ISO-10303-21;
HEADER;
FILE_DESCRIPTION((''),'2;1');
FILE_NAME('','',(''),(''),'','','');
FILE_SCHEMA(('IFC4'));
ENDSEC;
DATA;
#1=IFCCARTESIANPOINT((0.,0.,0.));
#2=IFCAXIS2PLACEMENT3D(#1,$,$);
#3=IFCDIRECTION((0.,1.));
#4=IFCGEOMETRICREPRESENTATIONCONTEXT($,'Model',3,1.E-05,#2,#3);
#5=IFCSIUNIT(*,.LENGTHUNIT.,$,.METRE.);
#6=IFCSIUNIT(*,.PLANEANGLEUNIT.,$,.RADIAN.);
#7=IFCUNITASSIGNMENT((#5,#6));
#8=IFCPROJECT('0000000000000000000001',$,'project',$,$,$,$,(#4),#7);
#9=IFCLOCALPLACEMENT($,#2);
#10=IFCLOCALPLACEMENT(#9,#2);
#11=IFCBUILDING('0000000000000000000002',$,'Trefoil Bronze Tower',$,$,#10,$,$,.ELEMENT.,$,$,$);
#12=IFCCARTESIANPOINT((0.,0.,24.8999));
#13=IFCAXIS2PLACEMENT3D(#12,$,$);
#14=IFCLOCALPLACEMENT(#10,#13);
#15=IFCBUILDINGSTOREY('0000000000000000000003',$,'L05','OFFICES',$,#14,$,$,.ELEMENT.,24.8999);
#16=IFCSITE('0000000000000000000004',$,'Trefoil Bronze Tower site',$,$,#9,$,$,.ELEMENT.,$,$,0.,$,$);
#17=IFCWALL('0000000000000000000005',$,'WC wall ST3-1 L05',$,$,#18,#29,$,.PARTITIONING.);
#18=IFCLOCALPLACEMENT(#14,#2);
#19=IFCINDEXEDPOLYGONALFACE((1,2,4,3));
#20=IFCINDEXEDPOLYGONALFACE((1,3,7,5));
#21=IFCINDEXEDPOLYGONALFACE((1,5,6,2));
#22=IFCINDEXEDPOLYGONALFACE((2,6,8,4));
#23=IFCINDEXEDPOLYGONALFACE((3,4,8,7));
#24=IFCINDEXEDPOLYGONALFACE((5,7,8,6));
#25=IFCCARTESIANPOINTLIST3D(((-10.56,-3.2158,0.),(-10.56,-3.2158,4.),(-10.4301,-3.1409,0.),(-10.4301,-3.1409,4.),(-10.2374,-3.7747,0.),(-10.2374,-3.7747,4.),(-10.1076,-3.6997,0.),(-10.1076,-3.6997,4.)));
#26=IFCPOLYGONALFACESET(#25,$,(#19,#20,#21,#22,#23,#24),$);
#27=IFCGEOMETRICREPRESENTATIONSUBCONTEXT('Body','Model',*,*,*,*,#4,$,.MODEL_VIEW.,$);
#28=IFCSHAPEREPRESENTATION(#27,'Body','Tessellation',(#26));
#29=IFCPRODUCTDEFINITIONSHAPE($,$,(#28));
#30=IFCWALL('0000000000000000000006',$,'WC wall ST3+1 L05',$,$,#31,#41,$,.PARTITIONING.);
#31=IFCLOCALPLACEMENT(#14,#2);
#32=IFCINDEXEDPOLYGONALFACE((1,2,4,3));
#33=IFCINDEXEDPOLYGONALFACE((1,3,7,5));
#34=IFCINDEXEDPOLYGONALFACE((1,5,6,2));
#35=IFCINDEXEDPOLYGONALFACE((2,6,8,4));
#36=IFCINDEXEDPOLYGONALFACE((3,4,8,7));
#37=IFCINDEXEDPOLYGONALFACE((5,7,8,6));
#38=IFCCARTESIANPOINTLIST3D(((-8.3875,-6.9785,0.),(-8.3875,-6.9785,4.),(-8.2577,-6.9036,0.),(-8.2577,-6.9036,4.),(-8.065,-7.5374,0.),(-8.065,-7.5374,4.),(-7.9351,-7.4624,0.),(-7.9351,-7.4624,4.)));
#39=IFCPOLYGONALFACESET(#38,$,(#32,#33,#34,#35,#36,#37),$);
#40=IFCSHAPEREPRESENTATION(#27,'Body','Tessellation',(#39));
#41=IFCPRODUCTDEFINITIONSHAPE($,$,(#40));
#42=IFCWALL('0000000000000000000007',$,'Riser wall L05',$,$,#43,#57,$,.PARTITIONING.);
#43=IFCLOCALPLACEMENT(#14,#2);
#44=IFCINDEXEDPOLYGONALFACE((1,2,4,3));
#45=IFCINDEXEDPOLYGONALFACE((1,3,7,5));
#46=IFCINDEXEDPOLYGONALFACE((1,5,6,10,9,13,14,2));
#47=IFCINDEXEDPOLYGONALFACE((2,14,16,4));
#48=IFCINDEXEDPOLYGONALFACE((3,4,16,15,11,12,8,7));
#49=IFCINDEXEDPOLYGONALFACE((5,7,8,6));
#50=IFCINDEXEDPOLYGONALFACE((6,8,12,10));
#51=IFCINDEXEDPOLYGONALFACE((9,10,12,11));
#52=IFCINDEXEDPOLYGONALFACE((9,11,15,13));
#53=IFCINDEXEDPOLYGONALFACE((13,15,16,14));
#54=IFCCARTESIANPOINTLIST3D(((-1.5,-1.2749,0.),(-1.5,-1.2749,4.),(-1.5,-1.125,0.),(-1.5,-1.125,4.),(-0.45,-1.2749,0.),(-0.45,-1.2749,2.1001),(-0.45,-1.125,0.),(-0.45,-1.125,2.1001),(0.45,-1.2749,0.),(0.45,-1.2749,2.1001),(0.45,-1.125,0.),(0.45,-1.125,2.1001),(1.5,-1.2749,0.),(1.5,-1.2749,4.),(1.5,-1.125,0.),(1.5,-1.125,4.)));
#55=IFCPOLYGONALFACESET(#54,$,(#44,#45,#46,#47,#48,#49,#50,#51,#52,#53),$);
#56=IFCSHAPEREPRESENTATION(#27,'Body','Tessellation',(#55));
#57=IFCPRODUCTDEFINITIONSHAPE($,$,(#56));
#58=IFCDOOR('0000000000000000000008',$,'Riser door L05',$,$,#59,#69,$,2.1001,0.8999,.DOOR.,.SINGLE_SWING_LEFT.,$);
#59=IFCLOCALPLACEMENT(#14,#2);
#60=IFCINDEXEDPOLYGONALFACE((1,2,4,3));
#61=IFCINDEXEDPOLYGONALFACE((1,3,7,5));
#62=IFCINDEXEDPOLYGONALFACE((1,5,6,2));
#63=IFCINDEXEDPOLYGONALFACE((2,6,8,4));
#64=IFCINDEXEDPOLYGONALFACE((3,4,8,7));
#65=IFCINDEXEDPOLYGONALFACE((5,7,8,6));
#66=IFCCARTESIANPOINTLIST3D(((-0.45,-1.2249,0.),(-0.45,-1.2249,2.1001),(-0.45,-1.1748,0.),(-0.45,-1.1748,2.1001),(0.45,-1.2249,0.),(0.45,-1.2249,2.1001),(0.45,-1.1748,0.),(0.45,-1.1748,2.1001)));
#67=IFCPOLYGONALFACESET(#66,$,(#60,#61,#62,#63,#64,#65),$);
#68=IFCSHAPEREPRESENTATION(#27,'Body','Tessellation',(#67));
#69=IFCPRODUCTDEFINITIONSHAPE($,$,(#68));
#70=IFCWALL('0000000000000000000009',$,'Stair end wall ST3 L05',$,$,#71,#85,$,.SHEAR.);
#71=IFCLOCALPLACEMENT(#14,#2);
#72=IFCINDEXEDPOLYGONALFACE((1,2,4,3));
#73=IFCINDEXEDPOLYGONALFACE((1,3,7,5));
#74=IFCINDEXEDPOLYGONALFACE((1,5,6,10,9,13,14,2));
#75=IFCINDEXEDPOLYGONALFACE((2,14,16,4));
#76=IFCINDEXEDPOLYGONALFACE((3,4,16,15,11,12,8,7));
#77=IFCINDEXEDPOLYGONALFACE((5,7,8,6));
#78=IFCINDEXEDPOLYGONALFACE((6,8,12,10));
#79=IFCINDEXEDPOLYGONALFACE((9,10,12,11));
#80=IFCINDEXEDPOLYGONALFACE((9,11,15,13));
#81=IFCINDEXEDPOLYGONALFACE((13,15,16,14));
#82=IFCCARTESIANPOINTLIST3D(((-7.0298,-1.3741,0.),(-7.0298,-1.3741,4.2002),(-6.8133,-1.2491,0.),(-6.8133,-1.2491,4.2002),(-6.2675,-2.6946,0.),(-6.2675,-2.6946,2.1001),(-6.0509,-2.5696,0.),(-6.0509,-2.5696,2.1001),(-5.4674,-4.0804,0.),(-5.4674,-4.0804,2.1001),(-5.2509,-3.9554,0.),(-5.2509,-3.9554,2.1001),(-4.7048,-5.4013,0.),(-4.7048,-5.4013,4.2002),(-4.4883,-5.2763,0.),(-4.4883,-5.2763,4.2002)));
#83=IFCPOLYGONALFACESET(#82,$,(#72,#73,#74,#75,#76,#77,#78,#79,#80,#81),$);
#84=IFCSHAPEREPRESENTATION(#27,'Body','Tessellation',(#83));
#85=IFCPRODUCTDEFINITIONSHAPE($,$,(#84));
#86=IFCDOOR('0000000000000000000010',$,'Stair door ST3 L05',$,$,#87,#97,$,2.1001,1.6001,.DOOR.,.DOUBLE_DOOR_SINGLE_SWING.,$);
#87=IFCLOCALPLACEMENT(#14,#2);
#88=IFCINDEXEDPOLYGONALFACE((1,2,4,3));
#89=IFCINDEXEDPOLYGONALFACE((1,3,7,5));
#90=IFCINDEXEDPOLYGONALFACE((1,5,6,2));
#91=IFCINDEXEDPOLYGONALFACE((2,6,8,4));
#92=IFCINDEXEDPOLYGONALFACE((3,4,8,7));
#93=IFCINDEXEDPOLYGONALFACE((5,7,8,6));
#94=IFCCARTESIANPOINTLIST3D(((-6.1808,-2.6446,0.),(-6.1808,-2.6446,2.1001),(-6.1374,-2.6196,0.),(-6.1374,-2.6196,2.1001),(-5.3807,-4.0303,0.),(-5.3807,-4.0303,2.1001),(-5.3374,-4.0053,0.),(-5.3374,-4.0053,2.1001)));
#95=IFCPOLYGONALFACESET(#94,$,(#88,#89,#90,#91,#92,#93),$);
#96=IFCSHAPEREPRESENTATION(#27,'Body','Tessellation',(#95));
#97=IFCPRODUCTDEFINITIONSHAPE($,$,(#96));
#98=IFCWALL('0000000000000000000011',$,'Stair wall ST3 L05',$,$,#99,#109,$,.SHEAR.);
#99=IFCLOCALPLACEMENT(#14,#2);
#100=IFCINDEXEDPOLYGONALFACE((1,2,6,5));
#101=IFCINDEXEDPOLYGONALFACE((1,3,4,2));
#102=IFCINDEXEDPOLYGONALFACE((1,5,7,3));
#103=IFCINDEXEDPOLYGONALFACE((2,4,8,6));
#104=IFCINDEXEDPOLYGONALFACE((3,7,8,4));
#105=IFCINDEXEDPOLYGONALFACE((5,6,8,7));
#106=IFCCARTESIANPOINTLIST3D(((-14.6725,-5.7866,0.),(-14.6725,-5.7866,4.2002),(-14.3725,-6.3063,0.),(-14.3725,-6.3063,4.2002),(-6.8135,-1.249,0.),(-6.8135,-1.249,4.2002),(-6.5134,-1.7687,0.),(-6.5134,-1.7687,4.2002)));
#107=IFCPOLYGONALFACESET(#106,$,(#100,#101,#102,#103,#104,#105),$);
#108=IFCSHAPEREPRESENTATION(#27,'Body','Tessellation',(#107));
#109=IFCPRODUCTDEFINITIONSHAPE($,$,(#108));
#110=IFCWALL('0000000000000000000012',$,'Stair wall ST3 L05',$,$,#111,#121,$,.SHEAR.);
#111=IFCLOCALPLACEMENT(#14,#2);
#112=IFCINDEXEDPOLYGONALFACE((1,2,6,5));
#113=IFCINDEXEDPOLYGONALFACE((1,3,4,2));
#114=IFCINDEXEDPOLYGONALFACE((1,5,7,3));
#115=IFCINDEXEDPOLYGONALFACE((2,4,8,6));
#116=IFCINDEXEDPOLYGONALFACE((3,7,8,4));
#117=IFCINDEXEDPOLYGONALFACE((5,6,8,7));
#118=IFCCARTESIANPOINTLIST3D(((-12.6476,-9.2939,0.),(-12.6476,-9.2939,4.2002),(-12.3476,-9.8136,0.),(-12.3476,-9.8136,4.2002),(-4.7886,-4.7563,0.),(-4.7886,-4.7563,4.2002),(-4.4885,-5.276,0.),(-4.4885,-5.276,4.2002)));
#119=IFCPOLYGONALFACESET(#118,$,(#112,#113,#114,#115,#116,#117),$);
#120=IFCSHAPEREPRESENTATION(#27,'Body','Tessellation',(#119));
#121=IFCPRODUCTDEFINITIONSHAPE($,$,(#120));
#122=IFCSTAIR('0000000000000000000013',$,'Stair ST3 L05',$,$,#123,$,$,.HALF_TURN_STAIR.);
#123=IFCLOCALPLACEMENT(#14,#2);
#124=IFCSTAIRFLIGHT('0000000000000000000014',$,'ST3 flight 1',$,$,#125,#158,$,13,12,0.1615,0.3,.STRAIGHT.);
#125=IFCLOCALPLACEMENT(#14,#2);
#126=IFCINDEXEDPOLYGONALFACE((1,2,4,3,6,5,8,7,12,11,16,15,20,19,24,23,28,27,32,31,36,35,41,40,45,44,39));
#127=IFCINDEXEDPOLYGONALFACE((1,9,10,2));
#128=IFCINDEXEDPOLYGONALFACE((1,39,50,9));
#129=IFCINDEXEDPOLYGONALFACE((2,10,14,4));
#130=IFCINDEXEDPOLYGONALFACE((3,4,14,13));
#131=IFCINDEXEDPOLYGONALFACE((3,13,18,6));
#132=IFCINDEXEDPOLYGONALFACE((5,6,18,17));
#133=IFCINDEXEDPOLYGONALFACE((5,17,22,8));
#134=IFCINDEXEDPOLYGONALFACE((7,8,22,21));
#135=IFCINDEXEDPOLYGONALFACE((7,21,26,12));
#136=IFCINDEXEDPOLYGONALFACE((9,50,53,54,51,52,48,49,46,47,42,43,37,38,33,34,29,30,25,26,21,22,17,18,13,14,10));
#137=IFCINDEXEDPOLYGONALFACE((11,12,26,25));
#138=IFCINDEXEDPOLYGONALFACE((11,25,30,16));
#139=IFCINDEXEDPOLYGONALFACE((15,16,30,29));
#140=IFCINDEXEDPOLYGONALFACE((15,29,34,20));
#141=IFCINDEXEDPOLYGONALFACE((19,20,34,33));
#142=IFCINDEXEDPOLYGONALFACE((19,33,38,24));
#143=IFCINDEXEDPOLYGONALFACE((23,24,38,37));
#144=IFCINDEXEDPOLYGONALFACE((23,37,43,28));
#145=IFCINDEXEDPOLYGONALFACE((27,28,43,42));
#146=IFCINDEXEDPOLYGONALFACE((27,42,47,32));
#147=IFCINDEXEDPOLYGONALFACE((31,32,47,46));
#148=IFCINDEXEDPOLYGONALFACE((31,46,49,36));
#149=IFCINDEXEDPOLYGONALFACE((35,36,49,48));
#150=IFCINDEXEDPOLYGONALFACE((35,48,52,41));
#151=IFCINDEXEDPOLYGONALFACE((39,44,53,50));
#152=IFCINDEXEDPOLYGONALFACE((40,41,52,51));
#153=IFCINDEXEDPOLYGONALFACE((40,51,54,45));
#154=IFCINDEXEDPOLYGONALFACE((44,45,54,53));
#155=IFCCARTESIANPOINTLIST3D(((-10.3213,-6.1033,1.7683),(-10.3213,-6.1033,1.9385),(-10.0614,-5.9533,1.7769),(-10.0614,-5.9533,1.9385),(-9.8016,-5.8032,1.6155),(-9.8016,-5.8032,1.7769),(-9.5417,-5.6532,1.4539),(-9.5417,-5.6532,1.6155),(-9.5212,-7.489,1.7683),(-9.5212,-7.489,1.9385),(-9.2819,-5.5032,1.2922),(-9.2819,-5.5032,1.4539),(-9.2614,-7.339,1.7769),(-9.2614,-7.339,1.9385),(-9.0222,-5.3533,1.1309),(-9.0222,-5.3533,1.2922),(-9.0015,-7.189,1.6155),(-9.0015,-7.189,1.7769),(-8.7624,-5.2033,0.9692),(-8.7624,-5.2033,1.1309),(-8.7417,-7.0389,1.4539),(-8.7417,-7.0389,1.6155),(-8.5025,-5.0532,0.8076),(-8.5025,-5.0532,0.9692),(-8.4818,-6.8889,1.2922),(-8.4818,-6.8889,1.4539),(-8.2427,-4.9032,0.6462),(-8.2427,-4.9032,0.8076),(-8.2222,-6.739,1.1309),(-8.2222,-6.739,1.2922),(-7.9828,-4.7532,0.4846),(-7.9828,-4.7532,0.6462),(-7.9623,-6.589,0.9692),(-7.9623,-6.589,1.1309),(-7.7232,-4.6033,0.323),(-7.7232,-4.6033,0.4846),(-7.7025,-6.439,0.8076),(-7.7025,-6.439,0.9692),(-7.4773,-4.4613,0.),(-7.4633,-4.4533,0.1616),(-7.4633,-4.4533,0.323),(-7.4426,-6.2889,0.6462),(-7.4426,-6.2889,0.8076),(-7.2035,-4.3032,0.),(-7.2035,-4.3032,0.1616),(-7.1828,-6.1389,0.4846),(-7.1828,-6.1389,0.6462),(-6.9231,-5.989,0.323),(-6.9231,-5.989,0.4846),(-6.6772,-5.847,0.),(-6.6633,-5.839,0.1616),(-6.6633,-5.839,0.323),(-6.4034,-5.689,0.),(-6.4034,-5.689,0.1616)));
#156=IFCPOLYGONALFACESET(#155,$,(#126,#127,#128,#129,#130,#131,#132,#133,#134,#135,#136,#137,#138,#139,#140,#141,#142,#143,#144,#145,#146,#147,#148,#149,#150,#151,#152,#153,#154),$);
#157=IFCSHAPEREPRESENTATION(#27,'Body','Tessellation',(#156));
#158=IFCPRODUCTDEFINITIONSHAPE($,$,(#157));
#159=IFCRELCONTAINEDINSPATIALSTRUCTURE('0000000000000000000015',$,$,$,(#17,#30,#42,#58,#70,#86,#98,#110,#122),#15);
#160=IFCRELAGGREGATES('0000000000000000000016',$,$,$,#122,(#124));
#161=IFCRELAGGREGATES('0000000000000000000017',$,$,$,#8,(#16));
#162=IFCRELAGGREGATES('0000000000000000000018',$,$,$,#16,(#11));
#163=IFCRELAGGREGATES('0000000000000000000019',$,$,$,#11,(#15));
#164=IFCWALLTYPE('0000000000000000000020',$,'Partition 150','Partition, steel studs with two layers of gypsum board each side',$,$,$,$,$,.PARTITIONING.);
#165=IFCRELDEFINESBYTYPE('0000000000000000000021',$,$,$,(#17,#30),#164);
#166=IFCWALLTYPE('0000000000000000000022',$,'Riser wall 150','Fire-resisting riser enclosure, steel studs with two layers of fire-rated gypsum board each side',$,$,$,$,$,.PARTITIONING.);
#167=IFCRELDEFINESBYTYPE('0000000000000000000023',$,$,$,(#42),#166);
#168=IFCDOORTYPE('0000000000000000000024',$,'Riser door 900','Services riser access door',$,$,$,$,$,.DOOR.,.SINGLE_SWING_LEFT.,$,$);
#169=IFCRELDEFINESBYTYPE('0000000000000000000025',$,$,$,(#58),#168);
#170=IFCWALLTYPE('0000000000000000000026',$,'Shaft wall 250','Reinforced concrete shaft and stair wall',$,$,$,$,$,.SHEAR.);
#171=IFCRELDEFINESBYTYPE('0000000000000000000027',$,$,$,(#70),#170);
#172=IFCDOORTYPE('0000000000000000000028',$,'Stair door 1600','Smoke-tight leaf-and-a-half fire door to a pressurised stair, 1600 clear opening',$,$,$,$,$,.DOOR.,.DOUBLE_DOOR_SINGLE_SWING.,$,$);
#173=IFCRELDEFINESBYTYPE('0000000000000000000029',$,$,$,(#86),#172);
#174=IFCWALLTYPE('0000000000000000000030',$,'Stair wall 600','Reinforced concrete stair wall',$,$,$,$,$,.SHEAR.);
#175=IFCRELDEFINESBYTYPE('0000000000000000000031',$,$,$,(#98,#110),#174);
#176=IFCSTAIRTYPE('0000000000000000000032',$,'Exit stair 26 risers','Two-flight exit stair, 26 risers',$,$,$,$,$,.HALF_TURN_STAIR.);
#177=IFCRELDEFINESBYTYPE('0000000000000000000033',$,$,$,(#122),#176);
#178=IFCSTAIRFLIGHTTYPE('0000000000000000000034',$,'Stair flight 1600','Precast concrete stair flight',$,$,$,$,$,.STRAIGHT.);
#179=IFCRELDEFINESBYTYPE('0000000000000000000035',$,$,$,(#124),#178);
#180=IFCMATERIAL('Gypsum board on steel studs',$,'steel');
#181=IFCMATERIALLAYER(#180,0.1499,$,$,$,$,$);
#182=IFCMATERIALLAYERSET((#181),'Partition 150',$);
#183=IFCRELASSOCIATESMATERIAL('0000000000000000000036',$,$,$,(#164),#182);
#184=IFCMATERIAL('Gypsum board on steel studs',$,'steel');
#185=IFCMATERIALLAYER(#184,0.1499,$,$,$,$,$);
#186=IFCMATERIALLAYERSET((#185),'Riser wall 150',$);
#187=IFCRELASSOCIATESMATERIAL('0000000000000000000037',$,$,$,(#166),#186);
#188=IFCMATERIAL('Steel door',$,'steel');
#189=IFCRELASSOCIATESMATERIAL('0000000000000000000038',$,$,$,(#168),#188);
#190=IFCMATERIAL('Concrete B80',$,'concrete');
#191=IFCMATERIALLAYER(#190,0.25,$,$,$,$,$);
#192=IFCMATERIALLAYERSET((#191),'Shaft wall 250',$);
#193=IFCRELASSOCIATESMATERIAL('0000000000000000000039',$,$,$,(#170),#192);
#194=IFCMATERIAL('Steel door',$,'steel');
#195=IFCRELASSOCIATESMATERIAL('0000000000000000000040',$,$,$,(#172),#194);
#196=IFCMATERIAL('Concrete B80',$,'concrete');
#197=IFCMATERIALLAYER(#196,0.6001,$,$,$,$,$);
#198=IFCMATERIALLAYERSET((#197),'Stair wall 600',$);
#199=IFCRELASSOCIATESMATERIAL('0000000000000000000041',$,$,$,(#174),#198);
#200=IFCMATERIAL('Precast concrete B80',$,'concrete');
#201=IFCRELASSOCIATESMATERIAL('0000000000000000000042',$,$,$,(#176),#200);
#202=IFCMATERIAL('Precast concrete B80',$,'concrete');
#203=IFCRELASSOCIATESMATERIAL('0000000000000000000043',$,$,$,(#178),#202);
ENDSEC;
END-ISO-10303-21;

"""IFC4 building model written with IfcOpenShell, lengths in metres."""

from ifc_helpers import new_model, si_unit, direction, frame, frame_2d, origin, place, context, subcontext, project, spatial, polyline, rectangle, outline, extrude, material, layer, layer_set, type_object, element, fill, aggregate, save


model = new_model("IFC4")

# Units and contexts
model_context = context("Model", 3, precision=1e-05, world=origin(), true_north=direction((0.0, 1.0)))
body_context = subcontext(model_context, "Body", "Model", "MODEL_VIEW")
ifc_project = project(units=[si_unit("LENGTHUNIT", "METRE"), si_unit("PLANEANGLEUNIT", "RADIAN")], contexts=[model_context])

# Site, building, storey
site_placement = place(None, origin())
site = spatial("IfcSite", under=ifc_project, at=site_placement, Name="Trefoil Bronze Tower site", CompositionType="ELEMENT", RefElevation=0.0)
building_placement = place(site_placement, origin())
building = spatial("IfcBuilding", under=site, at=building_placement, Name="Trefoil Bronze Tower", CompositionType="ELEMENT")
storey_placement = place(building_placement, frame((0.0, 0.0, 24.8999)))
storey = spatial("IfcBuildingStorey", under=building, at=storey_placement, Name="L05", Description="OFFICES", CompositionType="ELEMENT", Elevation=24.8999)

# Shared definitions
ifc_material_1 = material(Name="Gypsum board on steel studs", Category="steel")
ifc_layer_1 = layer(ifc_material_1, 0.1499)
ifc_layer_set_1 = layer_set([ifc_layer_1], Name="Partition 150")
wall_type_1 = type_object("IfcWallType", Name="Partition 150", Description="Partition, steel studs with two layers of gypsum board each side", PredefinedType="PARTITIONING", material=ifc_layer_set_1)

# Walls
for number, where, z_axis, x_axis, name in (
    (1, (-10.4951, -3.1782, 0.0), (0.0, 0.0, 1.0), (0.499843, -0.866116, 0.0), "WC wall ST3-1 L05"),
    (2, (-8.0, -7.5, 0.0), (0.0, 0.0, 1.0), (-0.499843, 0.866116, 0.0), "WC wall ST3+1 L05"),
):
    element("IfcWall", number, at=place(storey_placement, frame(where, z_axis=z_axis, x_axis=x_axis)), inside=storey, type_object=wall_type_1, Name=name, PredefinedType="PARTITIONING", context=body_context, shape_type="SweptSolid", body=[
        extrude(rectangle(XDim=0.6453, YDim=0.1499, at=frame_2d((0.3228, 0.0))), origin(), (0.0, 0.0, 1.0), 4.0),
    ])

# Walls, openings, doors
ifc_material_2 = material(Name="Gypsum board on steel studs", Category="steel")
ifc_layer_2 = layer(ifc_material_2, 0.1499)
ifc_layer_set_2 = layer_set([ifc_layer_2], Name="Riser wall 150")
wall_type_2 = type_object("IfcWallType", Name="Riser wall 150", Description="Fire-resisting riser enclosure, steel studs with two layers of fire-rated gypsum board each side", PredefinedType="PARTITIONING", material=ifc_layer_set_2)
wall_1_placement = place(storey_placement, frame((-1.5, -1.2, 0.0), z_axis=(0.0, 0.0, 1.0), x_axis=(1.0, 0.0, 0.0)))
wall_1 = element("IfcWall", 3, at=wall_1_placement, inside=storey, type_object=wall_type_2, Name="Riser wall L05", PredefinedType="PARTITIONING", context=body_context, shape_type="SweptSolid", body=[
    extrude(rectangle(XDim=3.0, YDim=0.1499, at=frame_2d((1.5, 0.0))), origin(), (0.0, 0.0, 1.0), 4.0),
])
opening_1_placement = place(wall_1_placement, frame((1.05, 0.0, 0.0)))
opening_1 = element("IfcOpeningElement", 4, at=opening_1_placement, cuts=wall_1, PredefinedType="OPENING", context=body_context, shape_type="SweptSolid", body=[
    extrude(rectangle(XDim=0.8999, YDim=2.1001, at=frame_2d((0.45, 1.05))), frame((0.0, 0.085, 0.0), z_axis=(0.0, -1.0, 0.0), x_axis=(1.0, 0.0, 0.0)), (0.0, 0.0, 1.0), 0.1699),
])
ifc_material_3 = material(Name="Steel door", Category="steel")
door_type_1 = type_object("IfcDoorType", Name="Riser door 900", Description="Services riser access door", OperationType="SINGLE_SWING_LEFT", PredefinedType="DOOR", material=ifc_material_3)
door_1_placement = place(opening_1_placement, frame((0.8999, 0.0, 0.0), z_axis=(0.0, 0.0, 1.0), x_axis=(-1.0, 0.0, 0.0)))
door_1 = element("IfcDoor", 5, at=door_1_placement, inside=storey, type_object=door_type_1, Name="Riser door L05", OperationType="SINGLE_SWING_LEFT", OverallHeight=2.1001, OverallWidth=0.8999, PredefinedType="DOOR", context=body_context, shape_type="SweptSolid", body=[
    extrude(rectangle(XDim=0.8999, YDim=2.1001, at=frame_2d((0.45, 1.05))), frame((0.0, 0.0249, 0.0), z_axis=(0.0, -1.0, 0.0), x_axis=(1.0, 0.0, 0.0)), (0.0, 0.0, 1.0), 0.05),
])
fill(opening_1, door_1)
ifc_material_4 = material(Name="Concrete B80", Category="concrete")
ifc_layer_3 = layer(ifc_material_4, 0.25)
ifc_layer_set_3 = layer_set([ifc_layer_3], Name="Shaft wall 250")
wall_type_3 = type_object("IfcWallType", Name="Shaft wall 250", Description="Reinforced concrete shaft and stair wall", PredefinedType="SHEAR", material=ifc_layer_set_3)
wall_2_placement = place(storey_placement, frame((-6.9216, -1.3115, 0.0), z_axis=(0.0, 0.0, 1.0), x_axis=(0.499985, -0.866034, 0.0)))
wall_2 = element("IfcWall", 6, at=wall_2_placement, inside=storey, type_object=wall_type_3, Name="Stair end wall ST3 L05", PredefinedType="SHEAR", context=body_context, shape_type="SweptSolid", body=[
    extrude(rectangle(XDim=4.6501, YDim=0.25, at=frame_2d((2.3252, 0.0))), origin(), (0.0, 0.0, 1.0), 4.2002),
])
opening_2_placement = place(wall_2_placement, frame((1.5249, 0.0, 0.0)))
opening_2 = element("IfcOpeningElement", 7, at=opening_2_placement, cuts=wall_2, PredefinedType="OPENING", context=body_context, shape_type="SweptSolid", body=[
    extrude(rectangle(XDim=1.6001, YDim=2.1001, at=frame_2d((0.8, 1.05))), frame((0.0, 0.135, 0.0), z_axis=(0.0, -1.0, 0.0), x_axis=(1.0, 0.0, 0.0)), (0.0, 0.0, 1.0), 0.27),
])
ifc_material_5 = material(Name="Steel door", Category="steel")
door_type_2 = type_object("IfcDoorType", Name="Stair door 1600", Description="Smoke-tight leaf-and-a-half fire door to a pressurised stair, 1600 clear opening", OperationType="DOUBLE_DOOR_SINGLE_SWING", PredefinedType="DOOR", material=ifc_material_5)
door_2_placement = place(opening_2_placement, frame((1.6001, 0.0, 0.0), z_axis=(0.0, 0.0, 1.0), x_axis=(-1.0, 0.0, 0.0)))
door_2 = element("IfcDoor", 8, at=door_2_placement, inside=storey, type_object=door_type_2, Name="Stair door ST3 L05", OperationType="DOUBLE_DOOR_SINGLE_SWING", OverallHeight=2.1001, OverallWidth=1.6001, PredefinedType="DOOR", context=body_context, shape_type="SweptSolid", body=[
    extrude(rectangle(XDim=1.6001, YDim=2.1001, at=frame_2d((0.8, 1.05))), frame((0.0, 0.0249, 0.0), z_axis=(0.0, -1.0, 0.0), x_axis=(1.0, 0.0, 0.0)), (0.0, 0.0, 1.0), 0.05),
])
fill(opening_2, door_2)

# Walls
ifc_material_6 = material(Name="Concrete B80", Category="concrete")
ifc_layer_4 = layer(ifc_material_6, 0.6001)
ifc_layer_set_4 = layer_set([ifc_layer_4], Name="Stair wall 600")
wall_type_4 = type_object("IfcWallType", Name="Stair wall 600", Description="Reinforced concrete stair wall", PredefinedType="SHEAR", material=ifc_layer_set_4)
for number, where, z_axis, x_axis, name in (
    (9, (-6.6633, -1.5088, 0.0), (0.0, 0.0, 1.0), (-0.866019, -0.50001, 0.0), "Stair wall ST3 L05"),
    (10, (-4.6384, -5.0161, 0.0), (0.0, 0.0, 1.0), (-0.866019, -0.50001, 0.0), "Stair wall ST3 L05"),
):
    element("IfcWall", number, at=place(storey_placement, frame(where, z_axis=z_axis, x_axis=x_axis)), inside=storey, type_object=wall_type_4, Name=name, PredefinedType="SHEAR", context=body_context, shape_type="SweptSolid", body=[
        extrude(rectangle(XDim=9.075, YDim=0.6001, at=frame_2d((4.5376, 0.0))), origin(), (0.0, 0.0, 1.0), 4.2002),
    ])

# Stair, stair flight
ifc_material_7 = material(Name="Precast concrete B80", Category="concrete")
stair_type = type_object("IfcStairType", Name="Exit stair 26 risers", Description="Two-flight exit stair, 26 risers", PredefinedType="HALF_TURN_STAIR", material=ifc_material_7)
stair_placement = place(storey_placement, origin())
stair = element("IfcStair", 11, at=stair_placement, inside=storey, type_object=stair_type, Name="Stair ST3 L05", PredefinedType="HALF_TURN_STAIR")
ifc_material_8 = material(Name="Precast concrete B80", Category="concrete")
stair_flight_type = type_object("IfcStairFlightType", Name="Stair flight 1600", Description="Precast concrete stair flight", PredefinedType="STRAIGHT", material=ifc_material_8)
stair_flight_1_placement = place(storey_placement, frame((-6.8035, -4.9961, 0.0), z_axis=(0.0, 0.0, 1.0), x_axis=(-0.866025, -0.5, 0.0)))
stair_flight_1 = element("IfcStairFlight", 12, at=stair_flight_1_placement, type_object=stair_flight_type, Name="ST3 flight 1", NumberOfRisers=13, NumberOfTreads=12, PredefinedType="STRAIGHT", RiserHeight=0.1615, TreadLength=0.3, context=body_context, shape_type="SweptSolid", body=[
    extrude(outline(polyline([(0.0, 0.0), (0.0, 0.1616), (0.3, 0.1616), (0.3, 0.323), (0.6001, 0.323), (0.6001, 0.4846), (0.8999, 0.4846), (0.8999, 0.6462), (1.2, 0.6462), (1.2, 0.8076), (1.5, 0.8076), (1.5, 0.9692), (1.8, 0.9692), (1.8, 1.1309), (2.1001, 1.1309), (2.1001, 1.2922), (2.3999, 1.2922), (2.3999, 1.4539), (2.7, 1.4539), (2.7, 1.6155), (3.0, 1.6155), (3.0, 1.7769), (3.3, 1.7769), (3.3, 1.9385), (3.6001, 1.9385), (3.6001, 2.1001), (3.6001, 1.7683), (0.3162, 0.0), (0.0, 0.0)])), frame((0.0, 0.8, 0.0), z_axis=(0.0, -1.0, 0.0), x_axis=(1.0, 0.0, 0.0)), (0.0, 0.0, 1.0), 1.6001),
])
aggregate(stair, [stair_flight_1])

save(model, "model.ifc")
